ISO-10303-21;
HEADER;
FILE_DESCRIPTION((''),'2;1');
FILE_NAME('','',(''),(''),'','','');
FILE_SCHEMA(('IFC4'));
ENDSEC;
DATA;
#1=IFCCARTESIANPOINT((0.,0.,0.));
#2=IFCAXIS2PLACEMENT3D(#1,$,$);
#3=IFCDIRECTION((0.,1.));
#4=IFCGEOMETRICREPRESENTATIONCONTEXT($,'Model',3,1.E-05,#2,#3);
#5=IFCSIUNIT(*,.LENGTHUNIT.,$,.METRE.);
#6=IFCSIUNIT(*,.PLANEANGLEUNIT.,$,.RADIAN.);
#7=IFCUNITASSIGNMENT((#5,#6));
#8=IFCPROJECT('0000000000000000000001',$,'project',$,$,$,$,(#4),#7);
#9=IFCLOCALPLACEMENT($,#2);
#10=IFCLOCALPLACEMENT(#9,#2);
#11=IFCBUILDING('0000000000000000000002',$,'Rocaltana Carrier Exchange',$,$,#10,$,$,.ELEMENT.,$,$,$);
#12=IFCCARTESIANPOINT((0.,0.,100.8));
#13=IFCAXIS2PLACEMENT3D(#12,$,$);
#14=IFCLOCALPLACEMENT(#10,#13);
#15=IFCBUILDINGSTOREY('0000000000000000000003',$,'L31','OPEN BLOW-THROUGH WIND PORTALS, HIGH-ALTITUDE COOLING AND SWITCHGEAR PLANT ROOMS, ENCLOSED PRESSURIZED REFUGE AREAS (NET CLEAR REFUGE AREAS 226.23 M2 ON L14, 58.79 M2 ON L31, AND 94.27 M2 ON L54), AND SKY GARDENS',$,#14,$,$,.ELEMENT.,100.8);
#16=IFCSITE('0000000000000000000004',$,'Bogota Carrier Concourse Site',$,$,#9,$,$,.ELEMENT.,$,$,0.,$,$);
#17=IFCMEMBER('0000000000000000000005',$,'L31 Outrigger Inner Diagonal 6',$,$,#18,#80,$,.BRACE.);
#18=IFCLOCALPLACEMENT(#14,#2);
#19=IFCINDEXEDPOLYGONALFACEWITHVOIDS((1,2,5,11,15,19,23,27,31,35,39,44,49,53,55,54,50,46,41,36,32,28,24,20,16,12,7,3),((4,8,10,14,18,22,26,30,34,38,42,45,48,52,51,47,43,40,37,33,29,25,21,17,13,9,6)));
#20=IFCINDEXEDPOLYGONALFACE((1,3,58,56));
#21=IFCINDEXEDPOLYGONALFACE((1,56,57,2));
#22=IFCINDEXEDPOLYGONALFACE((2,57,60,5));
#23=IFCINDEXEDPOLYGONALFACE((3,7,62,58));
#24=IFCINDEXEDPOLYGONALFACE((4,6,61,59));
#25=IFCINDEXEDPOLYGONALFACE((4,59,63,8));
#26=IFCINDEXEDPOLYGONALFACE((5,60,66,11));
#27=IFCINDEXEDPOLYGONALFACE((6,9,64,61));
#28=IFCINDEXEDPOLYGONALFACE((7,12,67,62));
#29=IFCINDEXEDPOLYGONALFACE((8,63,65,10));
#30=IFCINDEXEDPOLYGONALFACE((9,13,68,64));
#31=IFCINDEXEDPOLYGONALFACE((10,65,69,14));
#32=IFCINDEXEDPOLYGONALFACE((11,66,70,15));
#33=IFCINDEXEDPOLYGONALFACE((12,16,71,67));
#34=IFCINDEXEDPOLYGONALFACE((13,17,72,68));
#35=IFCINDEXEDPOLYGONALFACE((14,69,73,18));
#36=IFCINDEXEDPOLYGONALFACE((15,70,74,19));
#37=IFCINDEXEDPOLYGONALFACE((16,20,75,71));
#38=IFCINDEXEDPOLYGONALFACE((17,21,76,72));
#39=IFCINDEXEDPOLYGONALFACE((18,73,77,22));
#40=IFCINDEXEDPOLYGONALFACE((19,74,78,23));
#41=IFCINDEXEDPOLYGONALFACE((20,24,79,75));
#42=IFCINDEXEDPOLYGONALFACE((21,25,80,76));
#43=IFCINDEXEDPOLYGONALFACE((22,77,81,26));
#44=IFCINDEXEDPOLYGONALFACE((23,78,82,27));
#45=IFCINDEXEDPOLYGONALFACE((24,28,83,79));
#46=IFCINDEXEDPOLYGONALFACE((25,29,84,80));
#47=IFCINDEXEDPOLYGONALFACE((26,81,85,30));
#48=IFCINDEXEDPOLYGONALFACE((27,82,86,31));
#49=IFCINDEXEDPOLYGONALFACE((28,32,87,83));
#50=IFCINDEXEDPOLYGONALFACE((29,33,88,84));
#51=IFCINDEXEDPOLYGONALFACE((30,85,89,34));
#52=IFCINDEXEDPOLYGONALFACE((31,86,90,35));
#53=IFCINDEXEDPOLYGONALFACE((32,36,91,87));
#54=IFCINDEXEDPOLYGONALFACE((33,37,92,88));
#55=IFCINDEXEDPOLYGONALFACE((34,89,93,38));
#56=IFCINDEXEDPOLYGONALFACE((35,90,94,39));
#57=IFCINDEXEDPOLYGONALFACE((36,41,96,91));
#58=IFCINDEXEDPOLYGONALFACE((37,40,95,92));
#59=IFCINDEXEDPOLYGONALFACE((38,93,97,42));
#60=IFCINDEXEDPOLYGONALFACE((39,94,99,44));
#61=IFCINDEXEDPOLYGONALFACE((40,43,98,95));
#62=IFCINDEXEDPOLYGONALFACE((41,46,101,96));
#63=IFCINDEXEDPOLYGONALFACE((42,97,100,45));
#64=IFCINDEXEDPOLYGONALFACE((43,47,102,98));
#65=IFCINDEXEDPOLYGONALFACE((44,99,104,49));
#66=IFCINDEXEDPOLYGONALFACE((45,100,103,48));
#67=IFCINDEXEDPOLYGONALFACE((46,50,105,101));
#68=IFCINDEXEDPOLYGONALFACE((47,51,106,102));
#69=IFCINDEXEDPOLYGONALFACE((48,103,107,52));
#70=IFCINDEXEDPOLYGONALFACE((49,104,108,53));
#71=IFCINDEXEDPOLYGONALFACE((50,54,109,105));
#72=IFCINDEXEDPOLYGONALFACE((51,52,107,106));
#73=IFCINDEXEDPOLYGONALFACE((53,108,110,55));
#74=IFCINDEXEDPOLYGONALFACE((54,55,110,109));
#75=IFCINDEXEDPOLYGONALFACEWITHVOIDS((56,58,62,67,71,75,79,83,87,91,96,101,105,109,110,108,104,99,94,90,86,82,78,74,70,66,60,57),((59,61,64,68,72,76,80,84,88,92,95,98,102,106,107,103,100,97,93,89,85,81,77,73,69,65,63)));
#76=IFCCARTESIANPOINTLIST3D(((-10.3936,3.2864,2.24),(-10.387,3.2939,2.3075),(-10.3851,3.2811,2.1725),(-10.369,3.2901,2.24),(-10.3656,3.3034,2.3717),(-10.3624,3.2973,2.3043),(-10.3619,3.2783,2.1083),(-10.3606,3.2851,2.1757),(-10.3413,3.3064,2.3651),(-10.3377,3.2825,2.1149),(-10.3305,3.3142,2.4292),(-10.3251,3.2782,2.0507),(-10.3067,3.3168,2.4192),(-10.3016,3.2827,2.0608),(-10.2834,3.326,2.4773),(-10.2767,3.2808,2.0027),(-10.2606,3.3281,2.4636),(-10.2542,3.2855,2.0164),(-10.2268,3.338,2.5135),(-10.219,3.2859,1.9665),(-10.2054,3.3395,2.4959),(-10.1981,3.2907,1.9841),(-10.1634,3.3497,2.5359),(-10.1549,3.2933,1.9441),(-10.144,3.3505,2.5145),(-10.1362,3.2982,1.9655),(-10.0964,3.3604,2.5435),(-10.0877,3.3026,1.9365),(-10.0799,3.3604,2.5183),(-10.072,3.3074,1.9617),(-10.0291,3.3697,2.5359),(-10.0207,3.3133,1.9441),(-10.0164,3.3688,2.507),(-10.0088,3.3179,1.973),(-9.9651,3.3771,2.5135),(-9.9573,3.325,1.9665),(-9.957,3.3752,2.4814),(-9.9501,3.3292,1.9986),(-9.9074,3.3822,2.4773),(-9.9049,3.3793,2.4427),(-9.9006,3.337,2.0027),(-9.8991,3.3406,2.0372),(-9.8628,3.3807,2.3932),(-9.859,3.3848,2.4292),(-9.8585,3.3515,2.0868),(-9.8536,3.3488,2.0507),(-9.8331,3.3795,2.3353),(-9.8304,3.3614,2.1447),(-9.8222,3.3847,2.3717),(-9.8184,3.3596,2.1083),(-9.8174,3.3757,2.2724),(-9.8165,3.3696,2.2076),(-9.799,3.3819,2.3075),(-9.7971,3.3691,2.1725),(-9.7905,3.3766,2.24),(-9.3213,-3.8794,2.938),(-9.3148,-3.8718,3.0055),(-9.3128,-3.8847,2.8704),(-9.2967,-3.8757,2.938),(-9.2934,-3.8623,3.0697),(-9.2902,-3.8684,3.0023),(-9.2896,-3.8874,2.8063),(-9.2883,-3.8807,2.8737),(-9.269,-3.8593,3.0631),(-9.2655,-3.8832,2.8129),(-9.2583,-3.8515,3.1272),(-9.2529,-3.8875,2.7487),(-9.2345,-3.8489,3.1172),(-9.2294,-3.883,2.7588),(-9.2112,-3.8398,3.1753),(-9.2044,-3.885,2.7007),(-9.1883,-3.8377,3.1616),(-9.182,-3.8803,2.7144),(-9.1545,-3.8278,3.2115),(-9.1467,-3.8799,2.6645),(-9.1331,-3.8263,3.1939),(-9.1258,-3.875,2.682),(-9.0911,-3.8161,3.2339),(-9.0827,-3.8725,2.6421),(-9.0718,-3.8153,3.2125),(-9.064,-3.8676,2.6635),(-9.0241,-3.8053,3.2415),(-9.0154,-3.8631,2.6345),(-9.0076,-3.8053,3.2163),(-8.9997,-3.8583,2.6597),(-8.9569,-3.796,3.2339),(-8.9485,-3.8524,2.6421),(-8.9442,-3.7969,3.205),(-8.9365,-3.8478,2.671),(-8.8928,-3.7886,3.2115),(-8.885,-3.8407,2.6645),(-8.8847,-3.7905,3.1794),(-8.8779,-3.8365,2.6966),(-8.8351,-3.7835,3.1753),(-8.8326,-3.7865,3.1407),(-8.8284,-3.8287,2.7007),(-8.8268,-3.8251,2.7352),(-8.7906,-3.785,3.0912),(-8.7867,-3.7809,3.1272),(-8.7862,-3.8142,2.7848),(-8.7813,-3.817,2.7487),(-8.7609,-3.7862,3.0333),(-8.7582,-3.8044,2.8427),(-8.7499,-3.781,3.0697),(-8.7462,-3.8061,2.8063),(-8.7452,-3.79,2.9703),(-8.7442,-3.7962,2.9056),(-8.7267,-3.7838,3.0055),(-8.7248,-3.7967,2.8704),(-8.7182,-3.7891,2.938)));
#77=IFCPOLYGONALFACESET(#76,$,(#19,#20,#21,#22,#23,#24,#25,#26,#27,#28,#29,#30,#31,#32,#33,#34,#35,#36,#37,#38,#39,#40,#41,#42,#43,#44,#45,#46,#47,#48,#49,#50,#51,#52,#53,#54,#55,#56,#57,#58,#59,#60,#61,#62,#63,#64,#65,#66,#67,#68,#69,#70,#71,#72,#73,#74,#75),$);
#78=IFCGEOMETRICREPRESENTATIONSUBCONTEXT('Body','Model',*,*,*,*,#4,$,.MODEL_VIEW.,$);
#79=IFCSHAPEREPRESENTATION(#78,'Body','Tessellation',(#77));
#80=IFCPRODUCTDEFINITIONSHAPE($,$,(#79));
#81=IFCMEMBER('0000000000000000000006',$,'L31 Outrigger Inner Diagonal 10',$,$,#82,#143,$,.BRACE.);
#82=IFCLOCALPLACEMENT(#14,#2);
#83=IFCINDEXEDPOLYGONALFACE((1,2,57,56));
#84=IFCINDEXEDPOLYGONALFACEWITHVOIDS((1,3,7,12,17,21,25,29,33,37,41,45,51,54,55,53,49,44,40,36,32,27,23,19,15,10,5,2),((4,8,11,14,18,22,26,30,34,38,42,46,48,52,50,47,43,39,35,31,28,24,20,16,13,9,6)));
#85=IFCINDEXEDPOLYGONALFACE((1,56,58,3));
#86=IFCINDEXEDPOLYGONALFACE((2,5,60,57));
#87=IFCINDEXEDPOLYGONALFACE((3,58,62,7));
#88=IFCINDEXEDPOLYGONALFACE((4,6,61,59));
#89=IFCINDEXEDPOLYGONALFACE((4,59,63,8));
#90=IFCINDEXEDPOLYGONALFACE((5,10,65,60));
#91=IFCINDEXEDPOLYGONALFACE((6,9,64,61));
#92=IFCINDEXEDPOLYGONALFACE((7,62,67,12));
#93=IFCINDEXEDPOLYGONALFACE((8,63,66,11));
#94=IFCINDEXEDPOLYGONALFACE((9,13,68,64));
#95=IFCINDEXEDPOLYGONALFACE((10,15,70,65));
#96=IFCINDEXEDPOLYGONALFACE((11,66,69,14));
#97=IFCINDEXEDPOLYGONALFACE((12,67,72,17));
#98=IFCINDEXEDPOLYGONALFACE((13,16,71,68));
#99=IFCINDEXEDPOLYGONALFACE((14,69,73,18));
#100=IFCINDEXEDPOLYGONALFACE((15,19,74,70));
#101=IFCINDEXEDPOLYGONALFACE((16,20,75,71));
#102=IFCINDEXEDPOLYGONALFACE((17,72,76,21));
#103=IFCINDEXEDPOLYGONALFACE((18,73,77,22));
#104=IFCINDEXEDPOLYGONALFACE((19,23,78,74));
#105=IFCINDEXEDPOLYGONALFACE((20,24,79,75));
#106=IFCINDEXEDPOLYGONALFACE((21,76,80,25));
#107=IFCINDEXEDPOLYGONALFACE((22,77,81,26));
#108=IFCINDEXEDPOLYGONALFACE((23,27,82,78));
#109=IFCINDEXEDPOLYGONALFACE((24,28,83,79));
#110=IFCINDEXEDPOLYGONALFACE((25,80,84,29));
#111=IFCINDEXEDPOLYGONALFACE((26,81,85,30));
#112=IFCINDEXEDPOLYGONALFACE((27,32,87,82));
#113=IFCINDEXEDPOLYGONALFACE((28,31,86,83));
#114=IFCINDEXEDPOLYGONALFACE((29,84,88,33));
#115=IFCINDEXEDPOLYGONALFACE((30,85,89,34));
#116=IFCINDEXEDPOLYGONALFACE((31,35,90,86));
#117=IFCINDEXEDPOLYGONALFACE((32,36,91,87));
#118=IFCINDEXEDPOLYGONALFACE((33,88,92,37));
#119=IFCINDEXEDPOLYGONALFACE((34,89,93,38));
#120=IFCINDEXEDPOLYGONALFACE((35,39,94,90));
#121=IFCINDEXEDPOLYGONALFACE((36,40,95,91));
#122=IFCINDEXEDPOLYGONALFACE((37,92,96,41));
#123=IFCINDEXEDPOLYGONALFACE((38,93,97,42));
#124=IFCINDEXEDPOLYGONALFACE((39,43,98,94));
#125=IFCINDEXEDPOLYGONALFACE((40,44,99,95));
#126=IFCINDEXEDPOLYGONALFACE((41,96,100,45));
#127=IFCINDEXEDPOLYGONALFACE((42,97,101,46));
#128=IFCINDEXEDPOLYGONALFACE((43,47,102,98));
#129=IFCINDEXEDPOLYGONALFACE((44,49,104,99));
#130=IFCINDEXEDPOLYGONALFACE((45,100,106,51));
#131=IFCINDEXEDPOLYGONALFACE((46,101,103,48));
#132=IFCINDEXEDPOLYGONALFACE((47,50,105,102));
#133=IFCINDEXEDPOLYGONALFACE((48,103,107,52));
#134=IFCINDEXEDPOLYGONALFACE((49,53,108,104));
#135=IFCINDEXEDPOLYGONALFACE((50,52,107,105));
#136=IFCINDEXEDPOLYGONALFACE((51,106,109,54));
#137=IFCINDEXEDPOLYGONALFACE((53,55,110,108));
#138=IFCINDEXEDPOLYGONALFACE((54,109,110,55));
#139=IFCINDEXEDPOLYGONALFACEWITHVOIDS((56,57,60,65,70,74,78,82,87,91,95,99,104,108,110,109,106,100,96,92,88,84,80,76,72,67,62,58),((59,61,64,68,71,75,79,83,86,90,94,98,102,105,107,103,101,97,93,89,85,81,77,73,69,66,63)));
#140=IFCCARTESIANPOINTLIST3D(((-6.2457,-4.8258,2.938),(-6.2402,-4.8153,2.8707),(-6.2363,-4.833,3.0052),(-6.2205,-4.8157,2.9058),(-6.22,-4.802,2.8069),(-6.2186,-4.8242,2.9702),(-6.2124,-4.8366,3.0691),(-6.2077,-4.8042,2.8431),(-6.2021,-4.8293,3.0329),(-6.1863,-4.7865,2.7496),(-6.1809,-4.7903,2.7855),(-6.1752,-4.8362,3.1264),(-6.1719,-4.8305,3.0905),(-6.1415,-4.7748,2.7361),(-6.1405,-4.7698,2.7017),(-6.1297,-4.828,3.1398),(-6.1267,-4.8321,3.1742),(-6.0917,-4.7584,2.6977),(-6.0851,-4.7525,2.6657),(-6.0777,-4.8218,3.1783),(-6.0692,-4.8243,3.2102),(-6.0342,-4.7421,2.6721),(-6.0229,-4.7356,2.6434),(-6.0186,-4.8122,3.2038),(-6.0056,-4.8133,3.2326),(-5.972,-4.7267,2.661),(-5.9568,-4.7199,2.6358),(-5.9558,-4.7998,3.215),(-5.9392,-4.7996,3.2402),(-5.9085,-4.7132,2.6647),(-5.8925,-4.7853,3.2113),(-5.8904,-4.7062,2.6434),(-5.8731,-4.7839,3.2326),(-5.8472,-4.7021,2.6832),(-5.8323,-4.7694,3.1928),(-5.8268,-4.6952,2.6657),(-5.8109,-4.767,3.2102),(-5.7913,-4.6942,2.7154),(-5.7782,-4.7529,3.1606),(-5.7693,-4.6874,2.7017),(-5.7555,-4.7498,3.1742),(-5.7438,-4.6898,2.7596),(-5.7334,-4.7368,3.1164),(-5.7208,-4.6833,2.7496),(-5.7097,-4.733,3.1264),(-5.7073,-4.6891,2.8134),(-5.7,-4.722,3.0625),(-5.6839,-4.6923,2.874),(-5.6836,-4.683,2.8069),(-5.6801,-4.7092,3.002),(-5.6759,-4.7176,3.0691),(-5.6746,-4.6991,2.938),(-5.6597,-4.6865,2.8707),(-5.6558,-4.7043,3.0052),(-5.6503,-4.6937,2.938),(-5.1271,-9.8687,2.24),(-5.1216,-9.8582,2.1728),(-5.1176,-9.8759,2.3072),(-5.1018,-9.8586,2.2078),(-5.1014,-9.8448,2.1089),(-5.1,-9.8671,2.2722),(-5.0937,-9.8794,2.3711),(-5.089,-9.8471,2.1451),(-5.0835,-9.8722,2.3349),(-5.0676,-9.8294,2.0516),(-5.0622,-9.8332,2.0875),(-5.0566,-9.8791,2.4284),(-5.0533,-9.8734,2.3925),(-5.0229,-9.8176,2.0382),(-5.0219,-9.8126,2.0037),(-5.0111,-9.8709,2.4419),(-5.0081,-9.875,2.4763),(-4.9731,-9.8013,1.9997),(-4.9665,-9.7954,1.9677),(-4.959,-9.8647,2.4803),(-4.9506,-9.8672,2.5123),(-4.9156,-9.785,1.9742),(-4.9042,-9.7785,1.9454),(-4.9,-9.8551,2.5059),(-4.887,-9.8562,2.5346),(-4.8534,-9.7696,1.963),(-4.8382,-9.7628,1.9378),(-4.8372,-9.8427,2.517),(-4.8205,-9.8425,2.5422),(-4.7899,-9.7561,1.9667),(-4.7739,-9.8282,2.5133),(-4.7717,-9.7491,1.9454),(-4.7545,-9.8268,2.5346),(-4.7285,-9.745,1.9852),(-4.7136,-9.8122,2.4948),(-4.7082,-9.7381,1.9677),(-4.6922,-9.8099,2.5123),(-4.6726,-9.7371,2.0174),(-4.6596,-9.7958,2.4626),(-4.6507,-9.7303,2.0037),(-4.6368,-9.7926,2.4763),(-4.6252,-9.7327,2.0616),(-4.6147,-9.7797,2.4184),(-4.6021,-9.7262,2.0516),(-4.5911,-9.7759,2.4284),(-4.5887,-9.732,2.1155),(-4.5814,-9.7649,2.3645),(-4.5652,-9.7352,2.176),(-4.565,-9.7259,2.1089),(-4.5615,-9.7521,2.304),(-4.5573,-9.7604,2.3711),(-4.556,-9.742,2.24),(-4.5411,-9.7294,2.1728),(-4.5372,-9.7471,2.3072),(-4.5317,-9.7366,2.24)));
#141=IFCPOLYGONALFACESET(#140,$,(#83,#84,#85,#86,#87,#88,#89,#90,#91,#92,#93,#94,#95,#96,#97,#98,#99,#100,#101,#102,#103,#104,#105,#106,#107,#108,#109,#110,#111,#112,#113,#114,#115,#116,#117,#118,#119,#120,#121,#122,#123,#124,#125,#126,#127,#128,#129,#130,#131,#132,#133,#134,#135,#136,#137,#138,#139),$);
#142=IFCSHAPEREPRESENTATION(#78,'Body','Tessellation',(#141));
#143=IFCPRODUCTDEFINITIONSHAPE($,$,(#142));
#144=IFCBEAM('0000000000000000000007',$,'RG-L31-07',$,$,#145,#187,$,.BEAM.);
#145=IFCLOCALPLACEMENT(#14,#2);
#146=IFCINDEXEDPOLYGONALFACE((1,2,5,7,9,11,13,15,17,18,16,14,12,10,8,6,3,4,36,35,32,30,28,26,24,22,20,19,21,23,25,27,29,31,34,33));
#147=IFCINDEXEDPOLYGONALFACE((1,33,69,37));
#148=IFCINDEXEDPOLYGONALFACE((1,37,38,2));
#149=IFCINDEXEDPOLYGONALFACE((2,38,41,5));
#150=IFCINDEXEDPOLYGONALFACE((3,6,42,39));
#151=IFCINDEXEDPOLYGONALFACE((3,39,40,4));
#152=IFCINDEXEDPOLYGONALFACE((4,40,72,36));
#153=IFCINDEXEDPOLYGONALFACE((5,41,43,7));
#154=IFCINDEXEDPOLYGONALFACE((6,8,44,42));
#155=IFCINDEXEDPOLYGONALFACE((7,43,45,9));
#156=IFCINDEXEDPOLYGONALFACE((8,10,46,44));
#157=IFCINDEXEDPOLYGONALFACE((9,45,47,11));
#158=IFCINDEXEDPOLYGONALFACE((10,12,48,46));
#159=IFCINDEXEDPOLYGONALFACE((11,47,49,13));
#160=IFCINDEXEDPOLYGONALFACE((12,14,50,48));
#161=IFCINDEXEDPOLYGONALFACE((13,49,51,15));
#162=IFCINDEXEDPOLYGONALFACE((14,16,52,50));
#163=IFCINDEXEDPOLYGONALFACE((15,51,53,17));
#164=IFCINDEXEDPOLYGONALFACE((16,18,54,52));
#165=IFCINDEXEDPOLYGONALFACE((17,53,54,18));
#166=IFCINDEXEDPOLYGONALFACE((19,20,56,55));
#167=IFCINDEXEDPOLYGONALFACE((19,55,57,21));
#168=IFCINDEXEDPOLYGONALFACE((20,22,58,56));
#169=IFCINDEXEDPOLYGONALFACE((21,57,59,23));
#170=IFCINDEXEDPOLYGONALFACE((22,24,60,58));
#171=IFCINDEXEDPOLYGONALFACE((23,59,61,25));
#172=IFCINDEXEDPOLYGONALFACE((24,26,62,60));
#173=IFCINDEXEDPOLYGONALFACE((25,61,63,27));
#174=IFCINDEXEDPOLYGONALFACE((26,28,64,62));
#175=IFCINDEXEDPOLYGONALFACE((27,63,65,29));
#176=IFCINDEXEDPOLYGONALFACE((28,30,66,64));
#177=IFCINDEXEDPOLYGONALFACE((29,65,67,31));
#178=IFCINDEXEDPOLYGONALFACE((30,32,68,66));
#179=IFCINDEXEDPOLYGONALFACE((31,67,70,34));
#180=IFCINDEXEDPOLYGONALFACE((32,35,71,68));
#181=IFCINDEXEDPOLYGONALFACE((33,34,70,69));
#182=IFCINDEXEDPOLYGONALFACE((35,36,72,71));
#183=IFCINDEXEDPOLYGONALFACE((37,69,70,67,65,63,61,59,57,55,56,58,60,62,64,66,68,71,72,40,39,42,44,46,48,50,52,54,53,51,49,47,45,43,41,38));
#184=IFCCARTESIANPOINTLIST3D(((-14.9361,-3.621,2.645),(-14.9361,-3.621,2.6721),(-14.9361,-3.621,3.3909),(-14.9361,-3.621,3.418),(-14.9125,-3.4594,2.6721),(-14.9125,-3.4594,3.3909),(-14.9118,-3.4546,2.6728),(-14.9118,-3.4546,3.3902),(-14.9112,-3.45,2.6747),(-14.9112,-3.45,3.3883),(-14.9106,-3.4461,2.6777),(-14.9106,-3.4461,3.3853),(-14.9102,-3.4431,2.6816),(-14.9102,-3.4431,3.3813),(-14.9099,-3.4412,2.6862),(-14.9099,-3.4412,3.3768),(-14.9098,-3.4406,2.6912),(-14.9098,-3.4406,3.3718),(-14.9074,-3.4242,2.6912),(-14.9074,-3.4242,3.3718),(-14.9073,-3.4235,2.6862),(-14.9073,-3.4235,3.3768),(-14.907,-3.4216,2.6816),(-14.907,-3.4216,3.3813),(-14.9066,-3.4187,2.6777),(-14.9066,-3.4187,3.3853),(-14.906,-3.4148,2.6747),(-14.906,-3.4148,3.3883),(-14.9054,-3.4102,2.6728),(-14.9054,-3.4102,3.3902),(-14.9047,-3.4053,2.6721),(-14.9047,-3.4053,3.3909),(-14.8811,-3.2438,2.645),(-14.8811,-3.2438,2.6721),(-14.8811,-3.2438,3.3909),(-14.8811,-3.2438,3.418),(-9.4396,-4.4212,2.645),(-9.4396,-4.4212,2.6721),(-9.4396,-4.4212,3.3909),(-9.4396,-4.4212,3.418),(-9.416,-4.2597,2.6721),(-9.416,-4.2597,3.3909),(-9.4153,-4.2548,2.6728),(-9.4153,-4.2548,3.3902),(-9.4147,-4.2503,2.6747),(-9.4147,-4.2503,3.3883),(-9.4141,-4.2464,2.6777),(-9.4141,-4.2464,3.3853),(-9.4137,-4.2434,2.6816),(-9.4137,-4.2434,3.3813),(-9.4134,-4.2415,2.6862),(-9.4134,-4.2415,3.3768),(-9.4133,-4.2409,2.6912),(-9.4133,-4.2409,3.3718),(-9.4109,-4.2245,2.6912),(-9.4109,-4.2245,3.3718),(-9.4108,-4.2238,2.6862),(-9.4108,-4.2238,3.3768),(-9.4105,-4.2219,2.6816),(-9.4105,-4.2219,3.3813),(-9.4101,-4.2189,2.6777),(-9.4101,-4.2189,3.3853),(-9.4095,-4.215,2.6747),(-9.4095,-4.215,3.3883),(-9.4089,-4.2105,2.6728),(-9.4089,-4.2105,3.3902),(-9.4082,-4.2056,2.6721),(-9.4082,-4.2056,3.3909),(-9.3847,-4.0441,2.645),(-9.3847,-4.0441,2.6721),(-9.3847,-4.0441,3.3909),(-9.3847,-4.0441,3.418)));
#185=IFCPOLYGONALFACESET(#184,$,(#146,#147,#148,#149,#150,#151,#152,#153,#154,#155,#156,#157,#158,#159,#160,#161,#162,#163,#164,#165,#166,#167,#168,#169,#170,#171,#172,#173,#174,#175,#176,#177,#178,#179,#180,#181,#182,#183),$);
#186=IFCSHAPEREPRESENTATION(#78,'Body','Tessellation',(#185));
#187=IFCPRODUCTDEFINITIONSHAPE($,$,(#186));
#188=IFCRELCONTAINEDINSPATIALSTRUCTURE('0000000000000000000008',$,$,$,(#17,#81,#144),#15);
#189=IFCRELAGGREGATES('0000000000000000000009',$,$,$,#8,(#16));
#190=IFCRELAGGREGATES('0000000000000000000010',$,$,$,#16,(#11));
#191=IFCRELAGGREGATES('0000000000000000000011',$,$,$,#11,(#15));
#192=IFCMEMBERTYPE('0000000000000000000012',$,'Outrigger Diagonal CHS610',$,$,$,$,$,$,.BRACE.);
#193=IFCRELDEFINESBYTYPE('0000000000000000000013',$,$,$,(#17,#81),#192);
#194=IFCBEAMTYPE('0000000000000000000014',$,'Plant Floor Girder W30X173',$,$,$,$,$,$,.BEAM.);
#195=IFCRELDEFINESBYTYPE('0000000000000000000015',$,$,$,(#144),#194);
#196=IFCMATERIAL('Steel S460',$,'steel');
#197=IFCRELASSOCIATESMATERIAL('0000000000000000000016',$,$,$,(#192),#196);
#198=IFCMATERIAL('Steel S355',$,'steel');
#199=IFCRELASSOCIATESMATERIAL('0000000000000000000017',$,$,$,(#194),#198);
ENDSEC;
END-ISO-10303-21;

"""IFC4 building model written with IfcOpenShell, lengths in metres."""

from ifc_helpers import new_model, si_unit, direction, frame, origin, origin_2d, place, context, subcontext, project, spatial, hollow_circle, i_section, extrude, material, material_profile, profile_set, type_object, element, save


model = new_model("IFC4")

# Units and contexts
model_context = context("Model", 3, precision=1e-05, world=origin(), true_north=direction((0.0, 1.0)))
body_context = subcontext(model_context, "Body", "Model", "MODEL_VIEW")
ifc_project = project(units=[si_unit("LENGTHUNIT", "METRE"), si_unit("PLANEANGLEUNIT", "RADIAN")], contexts=[model_context])

# Site, building, storey
site_placement = place(None, origin())
site = spatial("IfcSite", under=ifc_project, at=site_placement, Name="Bogota Carrier Concourse Site", CompositionType="ELEMENT", RefElevation=0.0)
building_placement = place(site_placement, origin())
building = spatial("IfcBuilding", under=site, at=building_placement, Name="Rocaltana Carrier Exchange", CompositionType="ELEMENT")
storey_placement = place(building_placement, frame((0.0, 0.0, 100.8)))
storey = spatial("IfcBuildingStorey", under=building, at=storey_placement, Name="L31", Description="OPEN BLOW-THROUGH WIND PORTALS, HIGH-ALTITUDE COOLING AND SWITCHGEAR PLANT ROOMS, ENCLOSED PRESSURIZED REFUGE AREAS (NET CLEAR REFUGE AREAS 226.23 M2 ON L14, 58.79 M2 ON L31, AND 94.27 M2 ON L54), AND SKY GARDENS", CompositionType="ELEMENT", Elevation=100.8)

# Members
ifc_material_1 = material(Name="Steel S460", Category="steel")
ifc_material_profile_1 = material_profile(ifc_material_1, hollow_circle(Radius=0.3049, WallThickness=0.0249, at=origin_2d()), Name="CHS610X25")
ifc_profile_set_1 = profile_set([ifc_material_profile_1], Name="Steel S460")
member_type_1 = type_object("IfcMemberType", Name="Outrigger Diagonal CHS610", PredefinedType="BRACE", material=ifc_profile_set_1)
member_1_placement = place(storey_placement, frame((-9.0198, -3.8342, 2.938), z_axis=(-0.147308, 0.984432, -0.095891), x_axis=(-0.988989, -0.147989, 0.0)))
element("IfcMember", 1, at=member_1_placement, inside=storey, type_object=member_type_1, Name="L31 Outrigger Inner Diagonal 6", PredefinedType="BRACE", context=body_context, shape_type="SweptSolid", body=[
    extrude(hollow_circle(Radius=0.3049, WallThickness=0.0249, at=origin_2d()), origin(), (0.0, 0.0, 1.0), 7.2791),
])
member_2_placement = place(storey_placement, frame((-5.948, -4.7598, 2.938), z_axis=(0.21461, -0.967477, -0.133909), x_axis=(0.976269, 0.21656, 0.0)))
element("IfcMember", 2, at=member_2_placement, inside=storey, type_object=member_type_1, Name="L31 Outrigger Inner Diagonal 10", PredefinedType="BRACE", context=body_context, shape_type="SweptSolid", body=[
    extrude(hollow_circle(Radius=0.3049, WallThickness=0.0249, at=origin_2d()), origin(), (0.0, 0.0, 1.0), 5.2124),
])

# Beam
ifc_material_2 = material(Name="Steel S355", Category="steel")
ifc_material_profile_2 = material_profile(ifc_material_2, i_section(OverallWidth=0.3811, OverallDepth=0.7729, WebThickness=0.0166, FlangeThickness=0.0271, FilletRadius=0.019, at=origin_2d()), Name="W30X173")
ifc_profile_set_2 = profile_set([ifc_material_profile_2], Name="Steel S355")
beam_type_1 = type_object("IfcBeamType", Name="Plant Floor Girder W30X173", PredefinedType="BEAM", material=ifc_profile_set_2)
beam_1_placement = place(storey_placement, frame((-9.4121, -4.2327, 3.0315), z_axis=(-0.989566, 0.144079, 0.0), x_axis=(-0.144079, -0.989566, 0.0)))
element("IfcBeam", 3, at=beam_1_placement, inside=storey, type_object=beam_type_1, Name="RG-L31-07", PredefinedType="BEAM", context=body_context, shape_type="SweptSolid", body=[
    extrude(i_section(OverallWidth=0.3811, OverallDepth=0.7729, WebThickness=0.0166, FlangeThickness=0.0271, FilletRadius=0.019, at=origin_2d()), origin(), (0.0, 0.0, 1.0), 5.5544),
])

save(model, "model.ifc")
